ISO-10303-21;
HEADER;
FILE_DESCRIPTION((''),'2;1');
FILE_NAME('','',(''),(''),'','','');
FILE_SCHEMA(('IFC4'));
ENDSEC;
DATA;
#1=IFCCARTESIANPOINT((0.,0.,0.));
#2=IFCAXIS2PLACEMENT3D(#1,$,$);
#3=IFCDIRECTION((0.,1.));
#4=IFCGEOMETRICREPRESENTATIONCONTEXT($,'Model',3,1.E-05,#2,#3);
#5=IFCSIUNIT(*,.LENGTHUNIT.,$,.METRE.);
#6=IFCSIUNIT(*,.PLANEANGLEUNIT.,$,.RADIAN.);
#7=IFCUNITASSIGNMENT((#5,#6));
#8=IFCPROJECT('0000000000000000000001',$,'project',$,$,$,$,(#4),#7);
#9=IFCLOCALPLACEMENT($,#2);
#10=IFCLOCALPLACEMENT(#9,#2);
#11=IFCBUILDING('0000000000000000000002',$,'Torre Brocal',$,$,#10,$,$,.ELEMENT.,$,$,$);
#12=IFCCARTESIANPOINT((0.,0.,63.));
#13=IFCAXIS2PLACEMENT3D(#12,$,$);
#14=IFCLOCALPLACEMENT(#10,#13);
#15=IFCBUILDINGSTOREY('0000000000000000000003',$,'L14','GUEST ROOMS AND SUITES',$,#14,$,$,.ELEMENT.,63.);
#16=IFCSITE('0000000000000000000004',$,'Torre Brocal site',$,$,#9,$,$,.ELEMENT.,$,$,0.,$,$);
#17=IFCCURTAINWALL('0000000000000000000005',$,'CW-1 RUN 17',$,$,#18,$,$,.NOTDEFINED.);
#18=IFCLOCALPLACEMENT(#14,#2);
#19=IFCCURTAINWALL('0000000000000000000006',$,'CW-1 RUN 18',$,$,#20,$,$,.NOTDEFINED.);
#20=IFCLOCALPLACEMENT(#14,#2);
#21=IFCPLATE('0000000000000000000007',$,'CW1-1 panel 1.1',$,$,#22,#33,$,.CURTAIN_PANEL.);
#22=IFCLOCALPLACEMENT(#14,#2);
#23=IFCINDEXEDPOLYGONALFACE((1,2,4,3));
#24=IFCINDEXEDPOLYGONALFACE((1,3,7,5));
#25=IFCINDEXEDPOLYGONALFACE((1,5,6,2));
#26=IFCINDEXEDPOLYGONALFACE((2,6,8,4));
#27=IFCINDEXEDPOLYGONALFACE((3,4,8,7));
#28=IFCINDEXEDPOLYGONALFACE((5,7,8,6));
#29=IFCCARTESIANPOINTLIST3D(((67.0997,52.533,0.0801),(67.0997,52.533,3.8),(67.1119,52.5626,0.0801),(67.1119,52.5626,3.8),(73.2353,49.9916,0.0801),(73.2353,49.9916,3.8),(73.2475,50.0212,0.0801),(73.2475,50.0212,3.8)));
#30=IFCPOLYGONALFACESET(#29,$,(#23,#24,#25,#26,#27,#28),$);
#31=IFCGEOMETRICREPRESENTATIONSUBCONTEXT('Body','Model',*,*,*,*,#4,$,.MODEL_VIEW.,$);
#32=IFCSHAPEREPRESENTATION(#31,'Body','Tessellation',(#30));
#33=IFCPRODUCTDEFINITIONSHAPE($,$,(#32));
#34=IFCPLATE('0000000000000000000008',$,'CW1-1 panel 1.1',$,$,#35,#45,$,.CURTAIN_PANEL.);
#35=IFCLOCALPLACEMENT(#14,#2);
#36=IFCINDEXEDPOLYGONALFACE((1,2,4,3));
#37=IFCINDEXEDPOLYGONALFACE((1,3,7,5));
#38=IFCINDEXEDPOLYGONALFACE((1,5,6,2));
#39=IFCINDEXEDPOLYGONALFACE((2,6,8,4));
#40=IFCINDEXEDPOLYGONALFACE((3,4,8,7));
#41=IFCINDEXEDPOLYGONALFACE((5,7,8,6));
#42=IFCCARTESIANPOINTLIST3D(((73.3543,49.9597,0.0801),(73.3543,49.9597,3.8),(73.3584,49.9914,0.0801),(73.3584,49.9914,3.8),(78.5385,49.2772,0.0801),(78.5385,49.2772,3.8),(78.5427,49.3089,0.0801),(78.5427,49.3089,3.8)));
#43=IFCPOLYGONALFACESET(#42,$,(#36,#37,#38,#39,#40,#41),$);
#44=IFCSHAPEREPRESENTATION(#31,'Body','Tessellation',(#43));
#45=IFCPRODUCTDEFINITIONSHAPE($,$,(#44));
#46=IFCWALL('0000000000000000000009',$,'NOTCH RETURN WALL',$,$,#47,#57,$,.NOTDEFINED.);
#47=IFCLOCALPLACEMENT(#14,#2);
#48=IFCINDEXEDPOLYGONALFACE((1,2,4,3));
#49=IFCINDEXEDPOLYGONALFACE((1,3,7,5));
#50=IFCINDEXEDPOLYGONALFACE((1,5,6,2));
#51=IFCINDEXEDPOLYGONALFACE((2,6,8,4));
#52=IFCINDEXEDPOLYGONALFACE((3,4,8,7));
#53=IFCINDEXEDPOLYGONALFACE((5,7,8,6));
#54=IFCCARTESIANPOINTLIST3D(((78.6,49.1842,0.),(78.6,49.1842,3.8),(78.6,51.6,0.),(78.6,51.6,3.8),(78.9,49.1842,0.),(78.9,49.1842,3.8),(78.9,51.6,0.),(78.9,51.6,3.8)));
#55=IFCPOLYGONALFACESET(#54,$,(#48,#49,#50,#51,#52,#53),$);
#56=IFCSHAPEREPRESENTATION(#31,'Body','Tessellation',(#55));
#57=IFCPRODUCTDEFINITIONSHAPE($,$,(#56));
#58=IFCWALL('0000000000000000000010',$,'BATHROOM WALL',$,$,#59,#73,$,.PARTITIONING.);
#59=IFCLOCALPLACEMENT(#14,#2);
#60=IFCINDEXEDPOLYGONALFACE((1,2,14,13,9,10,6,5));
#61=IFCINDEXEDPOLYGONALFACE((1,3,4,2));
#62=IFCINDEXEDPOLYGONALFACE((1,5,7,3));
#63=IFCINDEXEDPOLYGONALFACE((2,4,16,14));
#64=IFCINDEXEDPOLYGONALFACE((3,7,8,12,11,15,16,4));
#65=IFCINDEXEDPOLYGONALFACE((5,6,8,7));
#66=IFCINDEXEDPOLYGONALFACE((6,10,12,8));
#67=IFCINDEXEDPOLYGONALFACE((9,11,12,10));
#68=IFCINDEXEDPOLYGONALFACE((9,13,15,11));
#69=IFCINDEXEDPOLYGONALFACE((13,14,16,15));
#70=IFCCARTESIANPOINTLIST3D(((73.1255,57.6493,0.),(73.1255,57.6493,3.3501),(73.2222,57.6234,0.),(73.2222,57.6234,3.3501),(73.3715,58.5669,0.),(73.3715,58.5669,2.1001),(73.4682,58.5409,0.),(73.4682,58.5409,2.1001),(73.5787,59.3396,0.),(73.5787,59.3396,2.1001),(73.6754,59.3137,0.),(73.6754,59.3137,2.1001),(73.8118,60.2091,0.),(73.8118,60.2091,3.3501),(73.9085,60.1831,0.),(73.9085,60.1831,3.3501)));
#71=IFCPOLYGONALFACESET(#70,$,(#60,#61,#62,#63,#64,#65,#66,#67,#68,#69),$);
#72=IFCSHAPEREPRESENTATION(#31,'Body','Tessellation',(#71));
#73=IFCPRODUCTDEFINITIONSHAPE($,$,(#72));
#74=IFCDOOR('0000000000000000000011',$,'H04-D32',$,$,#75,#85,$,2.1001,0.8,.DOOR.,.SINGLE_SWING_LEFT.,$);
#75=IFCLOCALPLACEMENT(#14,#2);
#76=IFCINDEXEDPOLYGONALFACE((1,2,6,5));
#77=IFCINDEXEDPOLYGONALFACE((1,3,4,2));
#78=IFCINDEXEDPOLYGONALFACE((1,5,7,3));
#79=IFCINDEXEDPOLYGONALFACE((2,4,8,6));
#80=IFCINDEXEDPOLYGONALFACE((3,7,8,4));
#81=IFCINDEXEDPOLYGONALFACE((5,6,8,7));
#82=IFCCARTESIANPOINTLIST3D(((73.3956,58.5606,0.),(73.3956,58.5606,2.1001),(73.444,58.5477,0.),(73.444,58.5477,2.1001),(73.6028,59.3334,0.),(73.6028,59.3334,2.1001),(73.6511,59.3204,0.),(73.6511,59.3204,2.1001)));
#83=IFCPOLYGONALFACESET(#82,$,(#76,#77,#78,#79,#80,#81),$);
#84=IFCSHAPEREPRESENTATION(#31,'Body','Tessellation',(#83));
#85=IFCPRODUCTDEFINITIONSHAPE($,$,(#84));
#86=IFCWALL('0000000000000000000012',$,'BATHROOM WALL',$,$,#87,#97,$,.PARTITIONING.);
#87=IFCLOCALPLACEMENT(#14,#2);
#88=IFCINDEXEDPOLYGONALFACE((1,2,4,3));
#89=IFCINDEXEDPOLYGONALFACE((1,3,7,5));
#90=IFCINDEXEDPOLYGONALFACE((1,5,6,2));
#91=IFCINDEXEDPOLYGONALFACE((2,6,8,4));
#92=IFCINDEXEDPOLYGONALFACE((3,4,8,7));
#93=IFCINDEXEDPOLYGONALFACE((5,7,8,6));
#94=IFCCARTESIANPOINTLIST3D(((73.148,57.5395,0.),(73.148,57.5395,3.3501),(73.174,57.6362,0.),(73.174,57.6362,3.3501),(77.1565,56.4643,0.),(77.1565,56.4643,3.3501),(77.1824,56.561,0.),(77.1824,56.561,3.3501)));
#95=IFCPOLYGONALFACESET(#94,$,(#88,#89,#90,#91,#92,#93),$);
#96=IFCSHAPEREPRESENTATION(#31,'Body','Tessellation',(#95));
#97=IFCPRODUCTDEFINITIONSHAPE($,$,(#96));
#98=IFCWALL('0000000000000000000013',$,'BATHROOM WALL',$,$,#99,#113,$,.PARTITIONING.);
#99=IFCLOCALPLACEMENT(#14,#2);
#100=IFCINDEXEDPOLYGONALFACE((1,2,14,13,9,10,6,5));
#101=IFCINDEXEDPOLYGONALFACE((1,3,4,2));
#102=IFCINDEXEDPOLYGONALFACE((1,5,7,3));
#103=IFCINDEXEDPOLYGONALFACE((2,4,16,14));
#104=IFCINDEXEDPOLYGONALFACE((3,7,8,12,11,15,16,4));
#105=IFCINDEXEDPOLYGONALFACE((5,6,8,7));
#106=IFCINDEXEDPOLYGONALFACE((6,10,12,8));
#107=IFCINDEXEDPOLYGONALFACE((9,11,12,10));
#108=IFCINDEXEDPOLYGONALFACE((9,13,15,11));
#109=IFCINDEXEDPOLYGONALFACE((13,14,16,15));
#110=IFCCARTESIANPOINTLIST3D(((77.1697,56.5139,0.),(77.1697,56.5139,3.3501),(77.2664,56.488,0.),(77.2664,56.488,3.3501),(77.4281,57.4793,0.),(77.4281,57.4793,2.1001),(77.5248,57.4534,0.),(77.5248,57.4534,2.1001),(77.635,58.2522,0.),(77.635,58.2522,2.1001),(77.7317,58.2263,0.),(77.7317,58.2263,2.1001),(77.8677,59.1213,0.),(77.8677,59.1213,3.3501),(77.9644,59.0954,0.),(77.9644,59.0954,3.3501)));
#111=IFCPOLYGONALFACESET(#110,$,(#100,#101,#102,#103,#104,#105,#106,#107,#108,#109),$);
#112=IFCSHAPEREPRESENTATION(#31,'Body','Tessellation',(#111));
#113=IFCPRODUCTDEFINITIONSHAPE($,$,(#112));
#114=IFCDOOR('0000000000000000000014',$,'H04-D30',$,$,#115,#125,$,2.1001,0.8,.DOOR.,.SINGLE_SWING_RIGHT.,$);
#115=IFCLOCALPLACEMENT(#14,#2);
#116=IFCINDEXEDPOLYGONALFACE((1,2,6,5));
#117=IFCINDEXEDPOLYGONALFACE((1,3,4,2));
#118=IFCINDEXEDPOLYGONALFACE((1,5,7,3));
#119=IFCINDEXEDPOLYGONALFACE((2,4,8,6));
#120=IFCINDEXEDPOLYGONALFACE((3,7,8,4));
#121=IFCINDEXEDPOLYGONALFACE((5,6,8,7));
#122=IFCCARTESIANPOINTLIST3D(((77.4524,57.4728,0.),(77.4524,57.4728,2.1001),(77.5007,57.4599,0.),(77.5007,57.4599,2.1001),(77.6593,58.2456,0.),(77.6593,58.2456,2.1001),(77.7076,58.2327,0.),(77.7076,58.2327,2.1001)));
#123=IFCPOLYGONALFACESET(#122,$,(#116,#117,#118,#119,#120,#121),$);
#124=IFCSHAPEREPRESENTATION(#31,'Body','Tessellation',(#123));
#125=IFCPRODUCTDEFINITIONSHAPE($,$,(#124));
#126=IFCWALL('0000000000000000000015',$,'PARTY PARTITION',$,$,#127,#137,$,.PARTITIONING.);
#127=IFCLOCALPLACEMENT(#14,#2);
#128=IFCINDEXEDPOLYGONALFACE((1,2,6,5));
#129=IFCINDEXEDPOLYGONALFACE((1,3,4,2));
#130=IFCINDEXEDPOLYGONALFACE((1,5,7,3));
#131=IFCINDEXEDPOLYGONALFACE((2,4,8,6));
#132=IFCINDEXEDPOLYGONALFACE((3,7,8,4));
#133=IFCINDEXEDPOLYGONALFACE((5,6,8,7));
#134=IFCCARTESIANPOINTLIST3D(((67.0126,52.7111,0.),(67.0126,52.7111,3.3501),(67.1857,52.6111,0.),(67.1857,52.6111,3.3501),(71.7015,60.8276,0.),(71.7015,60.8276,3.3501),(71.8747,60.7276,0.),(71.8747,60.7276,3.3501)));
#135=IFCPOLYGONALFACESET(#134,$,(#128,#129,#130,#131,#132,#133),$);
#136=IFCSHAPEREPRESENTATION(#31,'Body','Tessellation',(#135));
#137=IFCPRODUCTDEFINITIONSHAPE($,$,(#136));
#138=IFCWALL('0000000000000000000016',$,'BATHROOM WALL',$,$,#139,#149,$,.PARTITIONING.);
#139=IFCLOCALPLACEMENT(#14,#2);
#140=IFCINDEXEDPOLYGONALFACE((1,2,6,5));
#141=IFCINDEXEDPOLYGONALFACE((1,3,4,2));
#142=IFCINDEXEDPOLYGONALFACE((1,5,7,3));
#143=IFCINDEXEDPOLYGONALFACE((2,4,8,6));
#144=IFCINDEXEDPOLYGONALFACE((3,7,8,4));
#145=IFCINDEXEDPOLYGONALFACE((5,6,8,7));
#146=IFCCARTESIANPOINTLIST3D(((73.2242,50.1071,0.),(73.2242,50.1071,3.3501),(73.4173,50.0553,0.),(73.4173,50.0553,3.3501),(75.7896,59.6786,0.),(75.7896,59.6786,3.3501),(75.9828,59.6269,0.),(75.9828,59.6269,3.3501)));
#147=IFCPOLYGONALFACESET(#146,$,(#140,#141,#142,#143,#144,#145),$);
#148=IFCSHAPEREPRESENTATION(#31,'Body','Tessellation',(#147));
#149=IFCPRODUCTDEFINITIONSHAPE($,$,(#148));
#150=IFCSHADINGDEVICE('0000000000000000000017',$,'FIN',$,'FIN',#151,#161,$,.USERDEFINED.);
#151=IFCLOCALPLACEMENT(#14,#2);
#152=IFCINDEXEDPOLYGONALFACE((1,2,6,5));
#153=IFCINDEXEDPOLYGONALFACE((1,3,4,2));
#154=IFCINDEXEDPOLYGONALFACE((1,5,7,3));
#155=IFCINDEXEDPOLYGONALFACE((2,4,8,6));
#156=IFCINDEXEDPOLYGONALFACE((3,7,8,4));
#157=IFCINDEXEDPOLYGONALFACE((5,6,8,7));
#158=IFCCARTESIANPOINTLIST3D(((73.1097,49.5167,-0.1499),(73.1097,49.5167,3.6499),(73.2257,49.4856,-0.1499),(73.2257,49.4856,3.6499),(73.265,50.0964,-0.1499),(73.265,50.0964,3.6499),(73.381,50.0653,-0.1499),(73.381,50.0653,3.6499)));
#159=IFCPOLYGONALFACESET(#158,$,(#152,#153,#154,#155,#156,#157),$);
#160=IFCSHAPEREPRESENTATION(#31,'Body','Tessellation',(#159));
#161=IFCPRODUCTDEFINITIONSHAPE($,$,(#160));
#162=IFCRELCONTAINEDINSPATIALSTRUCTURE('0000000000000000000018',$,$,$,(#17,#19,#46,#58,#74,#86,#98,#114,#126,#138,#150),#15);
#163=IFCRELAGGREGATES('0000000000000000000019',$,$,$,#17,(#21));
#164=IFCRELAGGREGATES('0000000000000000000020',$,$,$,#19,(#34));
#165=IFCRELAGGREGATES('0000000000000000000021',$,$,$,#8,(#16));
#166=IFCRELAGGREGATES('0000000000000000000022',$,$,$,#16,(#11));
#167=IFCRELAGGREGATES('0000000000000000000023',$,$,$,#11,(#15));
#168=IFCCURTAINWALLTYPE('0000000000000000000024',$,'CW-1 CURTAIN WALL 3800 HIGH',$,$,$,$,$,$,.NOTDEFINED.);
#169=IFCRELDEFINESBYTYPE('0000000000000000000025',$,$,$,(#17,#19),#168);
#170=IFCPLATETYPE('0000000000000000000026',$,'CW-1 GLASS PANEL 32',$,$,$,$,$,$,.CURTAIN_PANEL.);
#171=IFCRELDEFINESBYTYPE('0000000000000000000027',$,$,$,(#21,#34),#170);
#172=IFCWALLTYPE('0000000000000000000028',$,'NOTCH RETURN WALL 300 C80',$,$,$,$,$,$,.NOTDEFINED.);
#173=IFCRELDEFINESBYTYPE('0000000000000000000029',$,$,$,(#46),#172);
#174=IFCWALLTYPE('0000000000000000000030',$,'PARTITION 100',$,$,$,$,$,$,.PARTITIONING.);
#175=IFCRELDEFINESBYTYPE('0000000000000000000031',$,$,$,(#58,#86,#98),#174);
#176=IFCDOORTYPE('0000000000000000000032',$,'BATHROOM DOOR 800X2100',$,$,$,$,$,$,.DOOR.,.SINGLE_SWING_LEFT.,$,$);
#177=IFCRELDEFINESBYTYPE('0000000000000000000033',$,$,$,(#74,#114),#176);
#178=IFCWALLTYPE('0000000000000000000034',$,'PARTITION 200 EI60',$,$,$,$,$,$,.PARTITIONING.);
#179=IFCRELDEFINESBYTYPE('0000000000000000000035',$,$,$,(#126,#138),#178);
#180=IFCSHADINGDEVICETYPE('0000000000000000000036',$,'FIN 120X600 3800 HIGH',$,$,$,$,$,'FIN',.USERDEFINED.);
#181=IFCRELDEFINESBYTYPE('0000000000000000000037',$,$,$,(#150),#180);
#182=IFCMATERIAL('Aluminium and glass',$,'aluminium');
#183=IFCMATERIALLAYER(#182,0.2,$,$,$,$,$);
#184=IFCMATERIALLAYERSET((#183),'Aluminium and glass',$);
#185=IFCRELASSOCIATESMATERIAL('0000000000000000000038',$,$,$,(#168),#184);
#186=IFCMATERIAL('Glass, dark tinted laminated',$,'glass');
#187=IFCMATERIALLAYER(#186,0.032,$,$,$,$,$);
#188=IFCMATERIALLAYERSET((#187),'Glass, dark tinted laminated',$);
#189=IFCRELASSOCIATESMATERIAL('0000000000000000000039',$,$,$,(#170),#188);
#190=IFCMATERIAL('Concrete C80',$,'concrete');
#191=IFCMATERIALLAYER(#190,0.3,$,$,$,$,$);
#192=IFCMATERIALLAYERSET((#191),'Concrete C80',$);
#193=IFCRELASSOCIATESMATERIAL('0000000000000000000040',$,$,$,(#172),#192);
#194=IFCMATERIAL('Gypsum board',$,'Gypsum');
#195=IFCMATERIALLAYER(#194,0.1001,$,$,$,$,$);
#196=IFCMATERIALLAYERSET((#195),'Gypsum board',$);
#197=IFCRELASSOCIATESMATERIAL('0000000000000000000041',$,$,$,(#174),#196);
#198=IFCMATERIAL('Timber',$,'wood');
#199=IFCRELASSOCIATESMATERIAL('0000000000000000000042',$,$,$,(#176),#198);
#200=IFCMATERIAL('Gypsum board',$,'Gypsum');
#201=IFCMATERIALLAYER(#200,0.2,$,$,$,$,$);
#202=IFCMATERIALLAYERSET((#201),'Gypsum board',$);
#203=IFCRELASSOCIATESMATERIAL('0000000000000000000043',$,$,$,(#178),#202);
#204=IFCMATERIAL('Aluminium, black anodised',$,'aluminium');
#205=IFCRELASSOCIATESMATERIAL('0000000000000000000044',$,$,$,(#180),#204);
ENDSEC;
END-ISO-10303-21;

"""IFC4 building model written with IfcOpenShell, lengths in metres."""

from ifc_helpers import new_model, si_unit, direction, frame, frame_2d, origin, origin_2d, place, context, subcontext, project, spatial, rectangle, extrude, material, layer, layer_set, material_profile, profile_set, type_object, element, fill, aggregate, save


model = new_model("IFC4")

# Units and contexts
model_context = context("Model", 3, precision=1e-05, world=origin(), true_north=direction((0.0, 1.0)))
body_context = subcontext(model_context, "Body", "Model", "MODEL_VIEW")
ifc_project = project(units=[si_unit("LENGTHUNIT", "METRE"), si_unit("PLANEANGLEUNIT", "RADIAN")], contexts=[model_context])

# Site, building, storey
site_placement = place(None, origin())
site = spatial("IfcSite", under=ifc_project, at=site_placement, Name="Torre Brocal site", CompositionType="ELEMENT", RefElevation=0.0)
building_placement = place(site_placement, origin())
building = spatial("IfcBuilding", under=site, at=building_placement, Name="Torre Brocal", CompositionType="ELEMENT")
storey_placement = place(building_placement, frame((0.0, 0.0, 63.0)))
storey = spatial("IfcBuildingStorey", under=building, at=storey_placement, Name="L14", Description="GUEST ROOMS AND SUITES", CompositionType="ELEMENT", Elevation=63.0)

# Curtain walls
ifc_material_1 = material(Name="Aluminium and glass", Category="aluminium")
ifc_layer_1 = layer(ifc_material_1, 0.2)
ifc_layer_set_1 = layer_set([ifc_layer_1], Name="Aluminium and glass")
curtain_wall_type = type_object("IfcCurtainWallType", Name="CW-1 CURTAIN WALL 3800 HIGH", PredefinedType="NOTDEFINED", material=ifc_layer_set_1)
curtain_wall_1_placement = place(storey_placement, origin())
curtain_wall_1 = element("IfcCurtainWall", 1, at=curtain_wall_1_placement, inside=storey, type_object=curtain_wall_type, Name="CW-1 RUN 17", PredefinedType="NOTDEFINED")
curtain_wall_2_placement = place(storey_placement, origin())
curtain_wall_2 = element("IfcCurtainWall", 2, at=curtain_wall_2_placement, inside=storey, type_object=curtain_wall_type, Name="CW-1 RUN 18", PredefinedType="NOTDEFINED")

# Plates
ifc_material_2 = material(Name="Glass, dark tinted laminated", Category="glass")
ifc_layer_2 = layer(ifc_material_2, 0.032)
ifc_layer_set_2 = layer_set([ifc_layer_2], Name="Glass, dark tinted laminated")
plate_type = type_object("IfcPlateType", Name="CW-1 GLASS PANEL 32", PredefinedType="CURTAIN_PANEL", material=ifc_layer_set_2)
plate_1_placement = place(storey_placement, frame((70.1736, 51.2771, 0.0801), z_axis=(0.0, 0.0, 1.0), x_axis=(0.92388, -0.382683, 0.0)))
plate_1 = element("IfcPlate", 3, at=plate_1_placement, type_object=plate_type, Name="CW1-1 panel 1.1", PredefinedType="CURTAIN_PANEL", context=body_context, shape_type="SweptSolid", body=[
    extrude(rectangle(XDim=6.6411, YDim=0.032, at=origin_2d()), origin(), (0.0, 0.0, 1.0), 3.72),
])
aggregate(curtain_wall_1, [plate_1])
plate_2_placement = place(storey_placement, frame((75.9485, 49.6343, 0.0801), z_axis=(0.0, 0.0, 1.0), x_axis=(0.991445, -0.130526, 0.0)))
plate_2 = element("IfcPlate", 4, at=plate_2_placement, type_object=plate_type, Name="CW1-1 panel 1.1", PredefinedType="CURTAIN_PANEL", context=body_context, shape_type="SweptSolid", body=[
    extrude(rectangle(XDim=5.229, YDim=0.032, at=origin_2d()), origin(), (0.0, 0.0, 1.0), 3.72),
])
aggregate(curtain_wall_2, [plate_2])

# Wall
ifc_material_3 = material(Name="Concrete C80", Category="concrete")
ifc_layer_3 = layer(ifc_material_3, 0.3)
ifc_layer_set_3 = layer_set([ifc_layer_3], Name="Concrete C80")
wall_type_1 = type_object("IfcWallType", Name="NOTCH RETURN WALL 300 C80", PredefinedType="NOTDEFINED", material=ifc_layer_set_3)
wall_1_placement = place(storey_placement, frame((78.75, 51.6001, 0.0), z_axis=(0.0, 0.0, 1.0), x_axis=(0.0, -1.0, 0.0)))
element("IfcWall", 5, at=wall_1_placement, inside=storey, type_object=wall_type_1, Name="NOTCH RETURN WALL", PredefinedType="NOTDEFINED", context=body_context, shape_type="SweptSolid", body=[
    extrude(rectangle(XDim=2.4158, YDim=0.3, at=frame_2d((1.208, 0.0))), origin(), (0.0, 0.0, 1.0), 3.8),
])

# Wall, opening, door
ifc_material_4 = material(Name="Gypsum board", Category="Gypsum")
ifc_layer_4 = layer(ifc_material_4, 0.1001)
ifc_layer_set_4 = layer_set([ifc_layer_4], Name="Gypsum board")
wall_type_2 = type_object("IfcWallType", Name="PARTITION 100", PredefinedType="PARTITIONING", material=ifc_layer_set_4)
wall_2_placement = place(storey_placement, frame((73.1738, 57.6362, 0.0), z_axis=(0.0, 0.0, 1.0), x_axis=(0.258952, 0.96589, 0.0)))
wall_2 = element("IfcWall", 6, at=wall_2_placement, inside=storey, type_object=wall_type_2, Name="BATHROOM WALL", PredefinedType="PARTITIONING", context=body_context, shape_type="SweptSolid", body=[
    extrude(rectangle(XDim=2.6501, YDim=0.1001, at=frame_2d((1.3252, 0.0))), origin(), (0.0, 0.0, 1.0), 3.3501),
])
opening_1_placement = place(wall_2_placement, frame((0.9502, 0.0, 0.0)))
opening_1 = element("IfcOpeningElement", 7, at=opening_1_placement, cuts=wall_2, PredefinedType="OPENING", context=body_context, shape_type="SweptSolid", body=[
    extrude(rectangle(XDim=0.8, YDim=2.1001, at=frame_2d((0.3999, 1.05))), frame((0.0, 0.0601, 0.0), z_axis=(0.0, -1.0, 0.0), x_axis=(1.0, 0.0, 0.0)), (0.0, 0.0, 1.0), 0.1201),
])
ifc_material_5 = material(Name="Timber", Category="wood")
door_type = type_object("IfcDoorType", Name="BATHROOM DOOR 800X2100", OperationType="SINGLE_SWING_LEFT", PredefinedType="DOOR", material=ifc_material_5)
door_1_placement = place(opening_1_placement, frame((0.8, 0.0, 0.0), z_axis=(0.0, 0.0, 1.0), x_axis=(-1.0, 0.0, 0.0)))
door_1 = element("IfcDoor", 8, at=door_1_placement, inside=storey, type_object=door_type, Name="H04-D32", OperationType="SINGLE_SWING_LEFT", OverallHeight=2.1001, OverallWidth=0.8, PredefinedType="DOOR", context=body_context, shape_type="SweptSolid", body=[
    extrude(rectangle(XDim=0.8, YDim=2.1001, at=frame_2d((0.3999, 1.05))), frame((0.0, 0.0249, 0.0), z_axis=(0.0, -1.0, 0.0), x_axis=(1.0, 0.0, 0.0)), (0.0, 0.0, 1.0), 0.05),
])
fill(opening_1, door_1)

# Wall
wall_3_placement = place(storey_placement, frame((73.1609, 57.5879, 0.0), z_axis=(0.0, 0.0, 1.0), x_axis=(0.965859, -0.259068, 0.0)))
element("IfcWall", 9, at=wall_3_placement, inside=storey, type_object=wall_type_2, Name="BATHROOM WALL", PredefinedType="PARTITIONING", context=body_context, shape_type="SweptSolid", body=[
    extrude(rectangle(XDim=4.1501, YDim=0.1001, at=frame_2d((2.0752, 0.0))), origin(), (0.0, 0.0, 1.0), 3.3501),
])

# Wall, opening, door
wall_4_placement = place(storey_placement, frame((77.218, 56.501, 0.0), z_axis=(0.0, 0.0, 1.0), x_axis=(0.258591, 0.965987, 0.0)))
wall_4 = element("IfcWall", 10, at=wall_4_placement, inside=storey, type_object=wall_type_2, Name="BATHROOM WALL", PredefinedType="PARTITIONING", context=body_context, shape_type="SweptSolid", body=[
    extrude(rectangle(XDim=2.6992, YDim=0.1001, at=frame_2d((1.3496, 0.0))), origin(), (0.0, 0.0, 1.0), 3.3501),
])
opening_2_placement = place(wall_4_placement, frame((0.9995, 0.0, 0.0)))
opening_2 = element("IfcOpeningElement", 11, at=opening_2_placement, cuts=wall_4, PredefinedType="OPENING", context=body_context, shape_type="SweptSolid", body=[
    extrude(rectangle(XDim=0.8, YDim=2.1001, at=frame_2d((0.3999, 1.05))), frame((0.0, 0.0601, 0.0), z_axis=(0.0, -1.0, 0.0), x_axis=(1.0, 0.0, 0.0)), (0.0, 0.0, 1.0), 0.1201),
])
door_2_placement = place(opening_2_placement, origin())
door_2 = element("IfcDoor", 12, at=door_2_placement, inside=storey, type_object=door_type, Name="H04-D30", OperationType="SINGLE_SWING_RIGHT", OverallHeight=2.1001, OverallWidth=0.8, PredefinedType="DOOR", context=body_context, shape_type="SweptSolid", body=[
    extrude(rectangle(XDim=0.8, YDim=2.1001, at=frame_2d((0.3999, 1.05))), frame((0.0, 0.0249, 0.0), z_axis=(0.0, -1.0, 0.0), x_axis=(1.0, 0.0, 0.0)), (0.0, 0.0, 1.0), 0.05),
])
fill(opening_2, door_2)

# Walls
ifc_material_6 = material(Name="Gypsum board", Category="Gypsum")
ifc_layer_5 = layer(ifc_material_6, 0.2)
ifc_layer_set_5 = layer_set([ifc_layer_5], Name="Gypsum board")
wall_type_3 = type_object("IfcWallType", Name="PARTITION 200 EI60", PredefinedType="PARTITIONING", material=ifc_layer_set_5)
wall_5_placement = place(storey_placement, frame((67.0991, 52.6611, 0.0), z_axis=(0.0, 0.0, 1.0), x_axis=(0.500234, 0.86589, 0.0)))
element("IfcWall", 13, at=wall_5_placement, inside=storey, type_object=wall_type_3, Name="PARTY PARTITION", PredefinedType="PARTITIONING", context=body_context, shape_type="SweptSolid", body=[
    extrude(rectangle(XDim=9.3735, YDim=0.2, at=frame_2d((4.6868, 0.0))), origin(), (0.0, 0.0, 1.0), 3.3501),
])
wall_6_placement = place(storey_placement, frame((73.3208, 50.0813, 0.0), z_axis=(0.0, 0.0, 1.0), x_axis=(0.258889, 0.965907, 0.0)))
element("IfcWall", 14, at=wall_6_placement, inside=storey, type_object=wall_type_3, Name="BATHROOM WALL", PredefinedType="PARTITIONING", context=body_context, shape_type="SweptSolid", body=[
    extrude(rectangle(XDim=9.9094, YDim=0.2, at=frame_2d((4.9546, 0.0))), origin(), (0.0, 0.0, 1.0), 3.3501),
])

# Shading device
ifc_material_7 = material(Name="Aluminium, black anodised", Category="aluminium")
ifc_material_profile_1 = material_profile(ifc_material_7, rectangle(XDim=0.1201, YDim=0.6001, at=origin_2d()), Name="FIN 120X600 3800 HIGH")
ifc_profile_set_1 = profile_set([ifc_material_profile_1], Name="Aluminium, black anodised")
shading_device_type = type_object("IfcShadingDeviceType", Name="FIN 120X600 3800 HIGH", ElementType="FIN", PredefinedType="USERDEFINED", material=ifc_profile_set_1)
shading_device_placement = place(storey_placement, frame((73.2454, 49.791, -0.1499), z_axis=(0.0, 0.0, 1.0), x_axis=(0.965926, -0.258819, 0.0)))
element("IfcShadingDevice", 15, at=shading_device_placement, inside=storey, type_object=shading_device_type, Name="FIN", ObjectType="FIN", PredefinedType="USERDEFINED", context=body_context, shape_type="SweptSolid", body=[
    extrude(rectangle(XDim=0.1201, YDim=0.6001, at=origin_2d()), origin(), (0.0, 0.0, 1.0), 3.7998),
])

save(model, "model.ifc")
